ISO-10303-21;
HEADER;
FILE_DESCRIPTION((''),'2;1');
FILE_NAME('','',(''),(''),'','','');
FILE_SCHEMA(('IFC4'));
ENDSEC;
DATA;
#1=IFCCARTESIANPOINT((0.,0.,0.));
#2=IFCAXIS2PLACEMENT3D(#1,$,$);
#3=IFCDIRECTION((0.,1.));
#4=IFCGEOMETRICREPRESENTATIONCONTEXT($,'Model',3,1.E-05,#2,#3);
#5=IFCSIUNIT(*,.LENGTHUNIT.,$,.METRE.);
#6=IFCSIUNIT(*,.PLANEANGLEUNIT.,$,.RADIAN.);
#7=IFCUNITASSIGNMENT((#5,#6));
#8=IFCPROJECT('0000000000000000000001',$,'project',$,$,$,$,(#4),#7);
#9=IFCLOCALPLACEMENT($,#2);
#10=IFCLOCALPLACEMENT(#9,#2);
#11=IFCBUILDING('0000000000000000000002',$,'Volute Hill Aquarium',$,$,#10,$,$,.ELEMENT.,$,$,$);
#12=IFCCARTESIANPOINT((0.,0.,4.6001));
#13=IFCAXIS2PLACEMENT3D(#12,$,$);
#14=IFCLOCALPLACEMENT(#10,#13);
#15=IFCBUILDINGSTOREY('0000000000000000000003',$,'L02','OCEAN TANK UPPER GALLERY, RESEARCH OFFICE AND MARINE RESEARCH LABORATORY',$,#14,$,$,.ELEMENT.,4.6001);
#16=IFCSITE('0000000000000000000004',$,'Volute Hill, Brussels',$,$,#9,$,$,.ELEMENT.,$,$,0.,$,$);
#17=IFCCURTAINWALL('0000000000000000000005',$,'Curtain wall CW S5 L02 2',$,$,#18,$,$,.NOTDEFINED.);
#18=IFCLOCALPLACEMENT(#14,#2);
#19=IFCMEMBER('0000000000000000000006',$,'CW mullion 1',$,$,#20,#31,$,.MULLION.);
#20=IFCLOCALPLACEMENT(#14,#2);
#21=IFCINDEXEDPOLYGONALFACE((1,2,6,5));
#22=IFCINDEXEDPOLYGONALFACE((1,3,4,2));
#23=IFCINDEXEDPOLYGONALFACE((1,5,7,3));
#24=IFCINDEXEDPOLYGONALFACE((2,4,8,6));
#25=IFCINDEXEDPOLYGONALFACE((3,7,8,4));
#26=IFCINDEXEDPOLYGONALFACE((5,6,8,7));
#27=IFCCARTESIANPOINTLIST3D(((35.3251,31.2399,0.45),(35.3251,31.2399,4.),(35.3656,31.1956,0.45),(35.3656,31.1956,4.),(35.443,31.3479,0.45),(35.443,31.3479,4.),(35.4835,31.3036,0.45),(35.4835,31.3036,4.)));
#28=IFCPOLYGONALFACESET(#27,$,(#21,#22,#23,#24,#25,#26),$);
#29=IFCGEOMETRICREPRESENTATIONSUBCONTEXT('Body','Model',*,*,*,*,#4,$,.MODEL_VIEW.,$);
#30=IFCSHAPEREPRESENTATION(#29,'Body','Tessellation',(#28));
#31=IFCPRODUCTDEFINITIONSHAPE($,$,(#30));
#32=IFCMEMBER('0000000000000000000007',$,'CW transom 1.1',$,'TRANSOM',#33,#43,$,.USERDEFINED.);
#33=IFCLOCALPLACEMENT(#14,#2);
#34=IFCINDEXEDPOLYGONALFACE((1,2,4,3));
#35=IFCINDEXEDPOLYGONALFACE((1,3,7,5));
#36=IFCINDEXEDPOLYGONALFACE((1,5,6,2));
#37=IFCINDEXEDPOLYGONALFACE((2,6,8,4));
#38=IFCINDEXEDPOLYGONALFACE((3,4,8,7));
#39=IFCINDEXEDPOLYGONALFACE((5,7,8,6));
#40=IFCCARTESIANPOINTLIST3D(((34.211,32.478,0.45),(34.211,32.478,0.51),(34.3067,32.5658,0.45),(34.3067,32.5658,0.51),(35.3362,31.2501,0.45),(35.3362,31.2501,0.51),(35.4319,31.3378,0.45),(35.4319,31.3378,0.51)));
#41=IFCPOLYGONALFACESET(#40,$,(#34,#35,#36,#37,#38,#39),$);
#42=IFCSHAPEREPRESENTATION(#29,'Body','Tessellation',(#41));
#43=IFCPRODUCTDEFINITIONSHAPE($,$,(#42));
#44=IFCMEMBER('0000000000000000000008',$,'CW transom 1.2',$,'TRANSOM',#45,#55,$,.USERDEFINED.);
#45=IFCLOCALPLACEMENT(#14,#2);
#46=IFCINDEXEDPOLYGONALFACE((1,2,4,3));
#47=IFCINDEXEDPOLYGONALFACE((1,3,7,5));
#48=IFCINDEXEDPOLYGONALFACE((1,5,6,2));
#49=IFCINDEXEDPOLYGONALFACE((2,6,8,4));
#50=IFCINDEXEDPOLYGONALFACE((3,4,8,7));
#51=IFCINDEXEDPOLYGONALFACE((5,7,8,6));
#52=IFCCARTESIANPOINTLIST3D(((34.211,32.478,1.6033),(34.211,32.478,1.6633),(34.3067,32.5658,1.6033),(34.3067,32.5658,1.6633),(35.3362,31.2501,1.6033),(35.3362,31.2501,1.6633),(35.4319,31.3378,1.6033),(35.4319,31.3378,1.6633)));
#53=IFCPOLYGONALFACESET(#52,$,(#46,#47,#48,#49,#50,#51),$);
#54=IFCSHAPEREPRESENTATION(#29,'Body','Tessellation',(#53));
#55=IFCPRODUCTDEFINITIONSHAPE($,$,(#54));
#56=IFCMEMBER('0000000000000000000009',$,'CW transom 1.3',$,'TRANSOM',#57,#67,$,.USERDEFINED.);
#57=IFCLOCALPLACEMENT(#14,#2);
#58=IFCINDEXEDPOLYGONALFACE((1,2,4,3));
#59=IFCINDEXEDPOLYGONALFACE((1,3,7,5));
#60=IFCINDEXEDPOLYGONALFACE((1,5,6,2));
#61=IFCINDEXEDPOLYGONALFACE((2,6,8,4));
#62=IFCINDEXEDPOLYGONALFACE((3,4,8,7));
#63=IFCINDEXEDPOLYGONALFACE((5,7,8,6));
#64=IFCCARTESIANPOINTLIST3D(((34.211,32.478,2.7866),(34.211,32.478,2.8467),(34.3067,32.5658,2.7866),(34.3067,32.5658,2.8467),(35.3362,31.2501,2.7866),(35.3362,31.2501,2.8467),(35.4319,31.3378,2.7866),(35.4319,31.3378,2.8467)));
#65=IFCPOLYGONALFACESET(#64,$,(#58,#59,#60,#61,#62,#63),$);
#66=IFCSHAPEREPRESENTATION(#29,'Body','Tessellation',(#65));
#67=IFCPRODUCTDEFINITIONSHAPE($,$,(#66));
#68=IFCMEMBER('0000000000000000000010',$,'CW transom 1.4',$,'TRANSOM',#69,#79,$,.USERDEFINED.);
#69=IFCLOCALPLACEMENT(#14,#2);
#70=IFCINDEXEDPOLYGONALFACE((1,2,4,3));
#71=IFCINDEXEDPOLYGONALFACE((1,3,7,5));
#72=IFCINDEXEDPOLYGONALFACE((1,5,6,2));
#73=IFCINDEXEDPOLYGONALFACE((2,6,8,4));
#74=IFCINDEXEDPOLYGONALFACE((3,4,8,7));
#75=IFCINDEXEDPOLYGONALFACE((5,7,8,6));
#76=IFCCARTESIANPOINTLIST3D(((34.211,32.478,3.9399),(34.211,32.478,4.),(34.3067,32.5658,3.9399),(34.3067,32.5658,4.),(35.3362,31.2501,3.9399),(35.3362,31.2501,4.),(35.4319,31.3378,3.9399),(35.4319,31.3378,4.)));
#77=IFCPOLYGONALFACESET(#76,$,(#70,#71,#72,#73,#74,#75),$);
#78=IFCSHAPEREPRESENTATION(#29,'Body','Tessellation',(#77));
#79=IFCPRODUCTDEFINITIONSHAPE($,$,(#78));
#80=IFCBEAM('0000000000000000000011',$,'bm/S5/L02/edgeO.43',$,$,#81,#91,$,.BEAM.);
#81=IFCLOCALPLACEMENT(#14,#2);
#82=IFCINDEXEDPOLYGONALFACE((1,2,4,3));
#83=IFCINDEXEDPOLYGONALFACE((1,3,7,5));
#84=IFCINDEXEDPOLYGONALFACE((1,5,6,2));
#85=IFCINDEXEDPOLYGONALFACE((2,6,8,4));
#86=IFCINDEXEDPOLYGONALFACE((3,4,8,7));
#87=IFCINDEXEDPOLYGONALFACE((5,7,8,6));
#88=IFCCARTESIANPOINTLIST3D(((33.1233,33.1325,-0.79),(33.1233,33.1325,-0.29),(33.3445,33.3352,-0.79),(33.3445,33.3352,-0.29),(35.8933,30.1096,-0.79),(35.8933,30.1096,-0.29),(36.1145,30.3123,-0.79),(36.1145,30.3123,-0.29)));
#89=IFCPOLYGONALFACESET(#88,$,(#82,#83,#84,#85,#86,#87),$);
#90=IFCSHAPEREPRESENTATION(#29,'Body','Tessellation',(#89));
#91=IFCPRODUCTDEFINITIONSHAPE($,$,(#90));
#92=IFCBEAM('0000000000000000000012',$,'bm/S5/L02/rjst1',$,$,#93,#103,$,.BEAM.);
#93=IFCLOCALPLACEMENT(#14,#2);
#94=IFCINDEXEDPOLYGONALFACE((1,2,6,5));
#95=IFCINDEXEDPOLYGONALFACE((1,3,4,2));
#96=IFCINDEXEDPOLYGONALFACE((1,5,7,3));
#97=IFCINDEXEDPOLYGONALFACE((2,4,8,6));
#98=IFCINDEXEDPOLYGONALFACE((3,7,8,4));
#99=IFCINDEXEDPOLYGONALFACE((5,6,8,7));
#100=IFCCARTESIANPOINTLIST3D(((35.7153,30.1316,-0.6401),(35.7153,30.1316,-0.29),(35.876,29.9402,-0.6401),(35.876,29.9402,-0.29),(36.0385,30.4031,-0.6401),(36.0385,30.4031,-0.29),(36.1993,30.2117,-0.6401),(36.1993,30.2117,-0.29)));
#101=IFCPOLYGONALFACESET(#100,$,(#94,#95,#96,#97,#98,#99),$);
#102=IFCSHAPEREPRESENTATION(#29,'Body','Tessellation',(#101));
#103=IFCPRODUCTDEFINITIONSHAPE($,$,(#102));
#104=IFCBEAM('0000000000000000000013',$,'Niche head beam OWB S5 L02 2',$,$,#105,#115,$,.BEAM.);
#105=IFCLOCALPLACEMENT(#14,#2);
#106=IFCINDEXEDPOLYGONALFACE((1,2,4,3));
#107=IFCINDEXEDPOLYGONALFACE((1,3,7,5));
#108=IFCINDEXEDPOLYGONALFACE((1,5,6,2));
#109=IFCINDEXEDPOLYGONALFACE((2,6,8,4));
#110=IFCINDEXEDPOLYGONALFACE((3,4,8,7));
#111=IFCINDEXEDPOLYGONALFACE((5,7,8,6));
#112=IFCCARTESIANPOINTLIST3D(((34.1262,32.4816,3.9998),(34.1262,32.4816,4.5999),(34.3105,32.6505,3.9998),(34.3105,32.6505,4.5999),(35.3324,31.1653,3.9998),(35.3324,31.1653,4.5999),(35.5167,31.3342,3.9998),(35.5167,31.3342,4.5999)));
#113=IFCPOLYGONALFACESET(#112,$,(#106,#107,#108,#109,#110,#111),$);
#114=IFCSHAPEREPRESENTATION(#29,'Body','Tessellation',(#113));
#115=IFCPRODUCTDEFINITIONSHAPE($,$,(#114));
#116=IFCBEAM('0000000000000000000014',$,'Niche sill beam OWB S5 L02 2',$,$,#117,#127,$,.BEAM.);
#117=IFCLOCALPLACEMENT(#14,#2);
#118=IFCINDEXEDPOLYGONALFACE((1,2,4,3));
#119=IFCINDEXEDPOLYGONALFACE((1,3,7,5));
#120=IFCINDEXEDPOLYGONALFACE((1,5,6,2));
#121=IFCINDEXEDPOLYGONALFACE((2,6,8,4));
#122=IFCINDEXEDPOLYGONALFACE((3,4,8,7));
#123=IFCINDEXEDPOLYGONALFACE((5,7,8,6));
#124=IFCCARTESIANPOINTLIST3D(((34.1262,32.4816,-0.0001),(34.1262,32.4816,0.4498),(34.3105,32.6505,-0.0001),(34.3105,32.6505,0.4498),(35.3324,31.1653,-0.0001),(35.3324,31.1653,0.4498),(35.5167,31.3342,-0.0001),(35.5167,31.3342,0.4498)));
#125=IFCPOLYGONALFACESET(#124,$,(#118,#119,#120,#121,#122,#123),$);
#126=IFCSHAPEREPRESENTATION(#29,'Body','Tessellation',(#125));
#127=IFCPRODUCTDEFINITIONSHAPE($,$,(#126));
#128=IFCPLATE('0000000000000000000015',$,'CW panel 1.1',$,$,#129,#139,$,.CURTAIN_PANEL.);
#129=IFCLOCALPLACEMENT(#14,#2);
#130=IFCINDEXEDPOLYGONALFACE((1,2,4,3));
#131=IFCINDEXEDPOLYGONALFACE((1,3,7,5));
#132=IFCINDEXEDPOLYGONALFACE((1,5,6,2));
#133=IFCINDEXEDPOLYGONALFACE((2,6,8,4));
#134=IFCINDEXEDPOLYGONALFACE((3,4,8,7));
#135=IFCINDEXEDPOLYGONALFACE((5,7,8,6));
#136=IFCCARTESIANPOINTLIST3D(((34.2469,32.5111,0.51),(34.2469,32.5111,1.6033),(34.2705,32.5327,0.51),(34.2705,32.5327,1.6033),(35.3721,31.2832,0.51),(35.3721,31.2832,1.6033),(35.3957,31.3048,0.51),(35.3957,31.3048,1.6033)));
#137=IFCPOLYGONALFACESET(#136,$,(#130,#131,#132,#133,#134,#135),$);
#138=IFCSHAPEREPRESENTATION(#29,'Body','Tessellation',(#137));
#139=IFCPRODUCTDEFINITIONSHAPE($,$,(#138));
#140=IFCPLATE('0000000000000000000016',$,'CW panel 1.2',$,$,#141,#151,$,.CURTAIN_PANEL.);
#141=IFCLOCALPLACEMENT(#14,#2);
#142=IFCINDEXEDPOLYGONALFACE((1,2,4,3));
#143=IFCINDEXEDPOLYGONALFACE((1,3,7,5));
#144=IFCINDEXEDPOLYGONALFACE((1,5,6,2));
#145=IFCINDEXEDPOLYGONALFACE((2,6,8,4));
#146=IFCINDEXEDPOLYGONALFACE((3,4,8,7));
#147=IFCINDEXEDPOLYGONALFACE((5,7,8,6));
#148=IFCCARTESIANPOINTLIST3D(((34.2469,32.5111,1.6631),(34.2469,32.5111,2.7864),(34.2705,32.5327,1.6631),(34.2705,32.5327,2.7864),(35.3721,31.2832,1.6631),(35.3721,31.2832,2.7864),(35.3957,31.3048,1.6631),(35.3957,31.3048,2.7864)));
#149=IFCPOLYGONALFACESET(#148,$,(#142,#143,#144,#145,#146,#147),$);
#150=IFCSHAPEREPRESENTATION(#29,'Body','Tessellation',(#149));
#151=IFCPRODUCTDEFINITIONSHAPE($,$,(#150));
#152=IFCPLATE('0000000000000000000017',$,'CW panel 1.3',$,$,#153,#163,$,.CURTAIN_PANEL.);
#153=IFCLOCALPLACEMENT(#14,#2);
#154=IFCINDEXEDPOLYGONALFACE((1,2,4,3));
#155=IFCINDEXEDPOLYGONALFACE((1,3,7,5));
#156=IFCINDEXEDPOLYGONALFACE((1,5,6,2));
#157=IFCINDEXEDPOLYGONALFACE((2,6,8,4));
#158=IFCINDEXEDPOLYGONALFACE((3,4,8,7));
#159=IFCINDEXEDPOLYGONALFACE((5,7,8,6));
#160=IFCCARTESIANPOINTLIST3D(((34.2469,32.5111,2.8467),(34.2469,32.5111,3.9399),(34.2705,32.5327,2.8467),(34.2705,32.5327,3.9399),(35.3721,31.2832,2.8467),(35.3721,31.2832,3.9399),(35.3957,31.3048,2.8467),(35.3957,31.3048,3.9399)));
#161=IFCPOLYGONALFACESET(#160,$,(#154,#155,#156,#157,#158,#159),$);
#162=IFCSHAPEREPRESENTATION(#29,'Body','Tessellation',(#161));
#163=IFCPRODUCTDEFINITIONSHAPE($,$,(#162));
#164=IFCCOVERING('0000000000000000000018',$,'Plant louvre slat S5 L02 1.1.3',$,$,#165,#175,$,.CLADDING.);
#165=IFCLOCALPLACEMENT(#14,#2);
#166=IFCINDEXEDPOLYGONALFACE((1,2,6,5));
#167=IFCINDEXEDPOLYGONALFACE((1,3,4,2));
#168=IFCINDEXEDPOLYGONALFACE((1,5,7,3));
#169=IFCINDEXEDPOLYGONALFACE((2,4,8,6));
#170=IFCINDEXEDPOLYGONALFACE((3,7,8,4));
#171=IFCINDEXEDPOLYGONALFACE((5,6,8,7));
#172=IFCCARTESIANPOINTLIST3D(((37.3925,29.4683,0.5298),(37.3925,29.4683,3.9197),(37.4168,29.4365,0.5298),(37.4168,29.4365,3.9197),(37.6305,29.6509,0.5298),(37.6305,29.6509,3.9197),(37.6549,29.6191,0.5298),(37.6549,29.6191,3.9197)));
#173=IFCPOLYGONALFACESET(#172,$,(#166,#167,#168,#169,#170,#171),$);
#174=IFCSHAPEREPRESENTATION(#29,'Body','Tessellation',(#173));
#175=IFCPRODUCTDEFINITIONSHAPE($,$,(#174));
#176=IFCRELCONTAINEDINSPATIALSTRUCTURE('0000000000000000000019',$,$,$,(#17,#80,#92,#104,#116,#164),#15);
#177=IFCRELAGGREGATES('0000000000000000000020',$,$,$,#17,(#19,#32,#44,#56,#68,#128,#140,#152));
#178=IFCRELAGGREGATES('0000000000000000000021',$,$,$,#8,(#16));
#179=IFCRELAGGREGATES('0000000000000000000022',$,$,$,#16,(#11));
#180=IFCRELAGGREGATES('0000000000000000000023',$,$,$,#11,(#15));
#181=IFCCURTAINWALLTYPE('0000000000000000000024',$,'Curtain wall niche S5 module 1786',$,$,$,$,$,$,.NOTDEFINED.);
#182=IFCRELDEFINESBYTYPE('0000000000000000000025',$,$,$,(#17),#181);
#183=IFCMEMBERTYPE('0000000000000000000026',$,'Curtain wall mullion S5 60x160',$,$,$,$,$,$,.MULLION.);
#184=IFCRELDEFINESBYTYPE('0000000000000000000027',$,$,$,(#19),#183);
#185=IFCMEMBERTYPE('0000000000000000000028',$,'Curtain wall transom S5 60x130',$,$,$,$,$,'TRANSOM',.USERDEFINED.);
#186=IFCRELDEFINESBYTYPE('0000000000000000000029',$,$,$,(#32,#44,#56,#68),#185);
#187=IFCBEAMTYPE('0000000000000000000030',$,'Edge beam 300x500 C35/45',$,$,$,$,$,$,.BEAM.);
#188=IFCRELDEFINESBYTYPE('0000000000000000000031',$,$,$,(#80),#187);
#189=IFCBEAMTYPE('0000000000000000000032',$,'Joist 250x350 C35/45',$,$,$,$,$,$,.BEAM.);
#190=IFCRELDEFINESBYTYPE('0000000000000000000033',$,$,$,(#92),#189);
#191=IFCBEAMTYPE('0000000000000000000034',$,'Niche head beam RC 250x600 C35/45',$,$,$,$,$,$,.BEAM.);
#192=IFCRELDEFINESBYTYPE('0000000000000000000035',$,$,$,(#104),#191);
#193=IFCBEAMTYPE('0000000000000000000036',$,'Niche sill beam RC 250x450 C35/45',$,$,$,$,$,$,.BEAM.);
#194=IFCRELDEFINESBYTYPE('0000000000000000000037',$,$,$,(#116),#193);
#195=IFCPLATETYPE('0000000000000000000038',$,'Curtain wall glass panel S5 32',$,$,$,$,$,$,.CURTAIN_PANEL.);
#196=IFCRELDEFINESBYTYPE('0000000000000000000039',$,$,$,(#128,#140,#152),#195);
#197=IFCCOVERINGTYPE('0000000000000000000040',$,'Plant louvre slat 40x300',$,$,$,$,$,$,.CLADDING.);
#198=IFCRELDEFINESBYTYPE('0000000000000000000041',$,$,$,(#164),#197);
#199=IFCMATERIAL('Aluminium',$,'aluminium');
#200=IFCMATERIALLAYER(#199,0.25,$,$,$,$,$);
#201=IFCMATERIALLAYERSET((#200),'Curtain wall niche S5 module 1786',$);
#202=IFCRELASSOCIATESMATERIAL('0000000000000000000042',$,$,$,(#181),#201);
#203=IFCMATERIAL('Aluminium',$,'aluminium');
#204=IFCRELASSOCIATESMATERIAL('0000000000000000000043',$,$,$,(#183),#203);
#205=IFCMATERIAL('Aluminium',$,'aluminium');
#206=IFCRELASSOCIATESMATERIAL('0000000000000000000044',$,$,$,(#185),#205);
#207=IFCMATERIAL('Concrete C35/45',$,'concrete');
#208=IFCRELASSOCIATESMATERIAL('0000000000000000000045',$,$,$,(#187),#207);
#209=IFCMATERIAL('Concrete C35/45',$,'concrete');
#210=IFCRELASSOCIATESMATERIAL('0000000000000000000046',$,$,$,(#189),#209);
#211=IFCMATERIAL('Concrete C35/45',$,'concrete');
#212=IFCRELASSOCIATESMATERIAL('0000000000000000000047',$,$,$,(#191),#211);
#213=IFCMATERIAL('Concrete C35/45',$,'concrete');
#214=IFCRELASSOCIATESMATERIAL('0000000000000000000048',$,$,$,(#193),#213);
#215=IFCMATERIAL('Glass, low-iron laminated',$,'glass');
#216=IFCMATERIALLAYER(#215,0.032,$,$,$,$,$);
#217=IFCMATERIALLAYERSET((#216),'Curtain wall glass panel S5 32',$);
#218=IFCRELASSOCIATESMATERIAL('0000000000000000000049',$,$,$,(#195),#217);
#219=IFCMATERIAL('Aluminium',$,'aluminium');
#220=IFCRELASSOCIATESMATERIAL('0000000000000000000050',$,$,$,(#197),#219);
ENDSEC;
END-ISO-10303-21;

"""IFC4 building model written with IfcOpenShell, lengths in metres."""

from ifc_helpers import new_model, si_unit, direction, frame, origin, origin_2d, place, context, subcontext, project, spatial, rectangle, extrude, material, layer, layer_set, material_profile, profile_set, type_object, element, aggregate, save


model = new_model("IFC4")

# Units and contexts
model_context = context("Model", 3, precision=1e-05, world=origin(), true_north=direction((0.0, 1.0)))
body_context = subcontext(model_context, "Body", "Model", "MODEL_VIEW")
ifc_project = project(units=[si_unit("LENGTHUNIT", "METRE"), si_unit("PLANEANGLEUNIT", "RADIAN")], contexts=[model_context])

# Site, building, storey
site_placement = place(None, origin())
site = spatial("IfcSite", under=ifc_project, at=site_placement, Name="Volute Hill, Brussels", CompositionType="ELEMENT", RefElevation=0.0)
building_placement = place(site_placement, origin())
building = spatial("IfcBuilding", under=site, at=building_placement, Name="Volute Hill Aquarium", CompositionType="ELEMENT")
storey_placement = place(building_placement, frame((0.0, 0.0, 4.6001)))
storey = spatial("IfcBuildingStorey", under=building, at=storey_placement, Name="L02", Description="OCEAN TANK UPPER GALLERY, RESEARCH OFFICE AND MARINE RESEARCH LABORATORY", CompositionType="ELEMENT", Elevation=4.6001)

# Curtain wall, members
ifc_material_1 = material(Name="Aluminium", Category="aluminium")
ifc_layer_1 = layer(ifc_material_1, 0.25)
ifc_layer_set_1 = layer_set([ifc_layer_1], Name="Curtain wall niche S5 module 1786")
curtain_wall_type = type_object("IfcCurtainWallType", Name="Curtain wall niche S5 module 1786", PredefinedType="NOTDEFINED", material=ifc_layer_set_1)
curtain_wall_placement = place(storey_placement, origin())
curtain_wall = element("IfcCurtainWall", 1, at=curtain_wall_placement, inside=storey, type_object=curtain_wall_type, Name="Curtain wall CW S5 L02 2", PredefinedType="NOTDEFINED")
ifc_material_2 = material(Name="Aluminium", Category="aluminium")
ifc_material_profile_1 = material_profile(ifc_material_2, rectangle(XDim=0.1599, YDim=0.0601, at=origin_2d()), Name="Curtain wall mullion S5 60x160")
ifc_profile_set_1 = profile_set([ifc_material_profile_1], Name="Aluminium")
member_type_1 = type_object("IfcMemberType", Name="Curtain wall mullion S5 60x160", PredefinedType="MULLION", material=ifc_profile_set_1)
member_1_placement = place(storey_placement, frame((35.4043, 31.2717, 0.45), z_axis=(0.0, 0.0, 1.0), x_axis=(-0.737282, -0.675585, 0.0)))
member_1 = element("IfcMember", 2, at=member_1_placement, type_object=member_type_1, Name="CW mullion 1", PredefinedType="MULLION", context=body_context, shape_type="SweptSolid", body=[
    extrude(rectangle(XDim=0.1599, YDim=0.0601, at=origin_2d()), origin(), (0.0, 0.0, 1.0), 3.55),
])
ifc_material_3 = material(Name="Aluminium", Category="aluminium")
ifc_material_profile_2 = material_profile(ifc_material_3, rectangle(XDim=0.1299, YDim=0.0601, at=origin_2d()), Name="Curtain wall transom S5 60x130")
ifc_profile_set_2 = profile_set([ifc_material_profile_2], Name="Aluminium")
member_type_2 = type_object("IfcMemberType", Name="Curtain wall transom S5 60x130", ElementType="TRANSOM", PredefinedType="USERDEFINED", material=ifc_profile_set_2)
member_2_placement = place(storey_placement, frame((35.384, 31.2939, 0.48), z_axis=(-0.675579, 0.737288, 0.0), x_axis=(-0.737288, -0.675579, 0.0)))
member_2 = element("IfcMember", 3, at=member_2_placement, type_object=member_type_2, Name="CW transom 1.1", ObjectType="TRANSOM", PredefinedType="USERDEFINED", context=body_context, shape_type="SweptSolid", body=[
    extrude(rectangle(XDim=0.1299, YDim=0.0601, at=origin_2d()), origin(), (0.0, 0.0, 1.0), 1.6655),
])
member_3_placement = place(storey_placement, frame((35.384, 31.2939, 1.6333), z_axis=(-0.675579, 0.737288, 0.0), x_axis=(-0.737288, -0.675579, 0.0)))
member_3 = element("IfcMember", 4, at=member_3_placement, type_object=member_type_2, Name="CW transom 1.2", ObjectType="TRANSOM", PredefinedType="USERDEFINED", context=body_context, shape_type="SweptSolid", body=[
    extrude(rectangle(XDim=0.1299, YDim=0.0601, at=origin_2d()), origin(), (0.0, 0.0, 1.0), 1.6655),
])
member_4_placement = place(storey_placement, frame((35.384, 31.2939, 2.8167), z_axis=(-0.675579, 0.737288, 0.0), x_axis=(-0.737288, -0.675579, 0.0)))
member_4 = element("IfcMember", 5, at=member_4_placement, type_object=member_type_2, Name="CW transom 1.3", ObjectType="TRANSOM", PredefinedType="USERDEFINED", context=body_context, shape_type="SweptSolid", body=[
    extrude(rectangle(XDim=0.1299, YDim=0.0601, at=origin_2d()), origin(), (0.0, 0.0, 1.0), 1.6655),
])
member_5_placement = place(storey_placement, frame((35.384, 31.2939, 3.97), z_axis=(-0.675579, 0.737288, 0.0), x_axis=(-0.737288, -0.675579, 0.0)))
member_5 = element("IfcMember", 6, at=member_5_placement, type_object=member_type_2, Name="CW transom 1.4", ObjectType="TRANSOM", PredefinedType="USERDEFINED", context=body_context, shape_type="SweptSolid", body=[
    extrude(rectangle(XDim=0.1299, YDim=0.0601, at=origin_2d()), origin(), (0.0, 0.0, 1.0), 1.6655),
])

# Beams
ifc_material_4 = material(Name="Concrete C35/45", Category="concrete")
ifc_material_profile_3 = material_profile(ifc_material_4, rectangle(XDim=0.3, YDim=0.5, at=origin_2d()), Name="RC edge beam 300x500")
ifc_profile_set_3 = profile_set([ifc_material_profile_3], Name="Concrete C35/45")
beam_type_1 = type_object("IfcBeamType", Name="Edge beam 300x500 C35/45", PredefinedType="BEAM", material=ifc_profile_set_3)
beam_1_placement = place(storey_placement, frame((36.0039, 30.2109, -0.54), z_axis=(-0.67559, 0.737278, 0.0), x_axis=(-0.737278, -0.67559, 0.0)))
element("IfcBeam", 7, at=beam_1_placement, inside=storey, type_object=beam_type_1, Name="bm/S5/L02/edgeO.43", PredefinedType="BEAM", context=body_context, shape_type="SweptSolid", body=[
    extrude(rectangle(XDim=0.3, YDim=0.5, at=origin_2d()), origin(), (0.0, 0.0, 1.0), 4.1001),
])
ifc_material_5 = material(Name="Concrete C35/45", Category="concrete")
ifc_material_profile_4 = material_profile(ifc_material_5, rectangle(XDim=0.25, YDim=0.3501, at=origin_2d()), Name="RC joist 250x350")
ifc_profile_set_4 = profile_set([ifc_material_profile_4], Name="Concrete C35/45")
beam_type_2 = type_object("IfcBeamType", Name="Joist 250x350 C35/45", PredefinedType="BEAM", material=ifc_profile_set_4)
beam_2_placement = place(storey_placement, frame((35.7957, 30.0359, -0.4651), z_axis=(0.76575, 0.643138, 0.0), x_axis=(-0.643138, 0.76575, 0.0)))
element("IfcBeam", 8, at=beam_2_placement, inside=storey, type_object=beam_type_2, Name="bm/S5/L02/rjst1", PredefinedType="BEAM", context=body_context, shape_type="SweptSolid", body=[
    extrude(rectangle(XDim=0.25, YDim=0.3501, at=origin_2d()), origin(), (0.0, 0.0, 1.0), 0.4221),
])
ifc_material_6 = material(Name="Concrete C35/45", Category="concrete")
ifc_material_profile_5 = material_profile(ifc_material_6, rectangle(XDim=0.25, YDim=0.6001, at=origin_2d()), Name="RC beam 250x600")
ifc_profile_set_5 = profile_set([ifc_material_profile_5], Name="Concrete C35/45")
beam_type_3 = type_object("IfcBeamType", Name="Niche head beam RC 250x600 C35/45", PredefinedType="BEAM", material=ifc_profile_set_5)
beam_3_placement = place(storey_placement, frame((35.4246, 31.2498, 4.2998), z_axis=(-0.675601, 0.737268, 0.0), x_axis=(-0.737268, -0.675601, 0.0)))
element("IfcBeam", 9, at=beam_3_placement, inside=storey, type_object=beam_type_3, Name="Niche head beam OWB S5 L02 2", PredefinedType="BEAM", context=body_context, shape_type="SweptSolid", body=[
    extrude(rectangle(XDim=0.25, YDim=0.6001, at=origin_2d()), origin(), (0.0, 0.0, 1.0), 1.7854),
])
ifc_material_7 = material(Name="Concrete C35/45", Category="concrete")
ifc_material_profile_6 = material_profile(ifc_material_7, rectangle(XDim=0.25, YDim=0.45, at=origin_2d()), Name="RC beam 250x450")
ifc_profile_set_6 = profile_set([ifc_material_profile_6], Name="Concrete C35/45")
beam_type_4 = type_object("IfcBeamType", Name="Niche sill beam RC 250x450 C35/45", PredefinedType="BEAM", material=ifc_profile_set_6)
beam_4_placement = place(storey_placement, frame((35.4246, 31.2498, 0.2249), z_axis=(-0.675601, 0.737268, 0.0), x_axis=(-0.737268, -0.675601, 0.0)))
element("IfcBeam", 10, at=beam_4_placement, inside=storey, type_object=beam_type_4, Name="Niche sill beam OWB S5 L02 2", PredefinedType="BEAM", context=body_context, shape_type="SweptSolid", body=[
    extrude(rectangle(XDim=0.25, YDim=0.45, at=origin_2d()), origin(), (0.0, 0.0, 1.0), 1.7854),
])

# Plates
ifc_material_8 = material(Name="Glass, low-iron laminated", Category="glass")
ifc_layer_2 = layer(ifc_material_8, 0.032)
ifc_layer_set_2 = layer_set([ifc_layer_2], Name="Curtain wall glass panel S5 32")
plate_type = type_object("IfcPlateType", Name="Curtain wall glass panel S5 32", PredefinedType="CURTAIN_PANEL", material=ifc_layer_set_2)
plate_1_placement = place(storey_placement, frame((34.8213, 31.908, 0.51), z_axis=(0.0, 0.0, 1.0), x_axis=(-0.675585, 0.737282, 0.0)))
plate_1 = element("IfcPlate", 11, at=plate_1_placement, type_object=plate_type, Name="CW panel 1.1", PredefinedType="CURTAIN_PANEL", context=body_context, shape_type="SweptSolid", body=[
    extrude(rectangle(XDim=1.6655, YDim=0.032, at=origin_2d()), origin(), (0.0, 0.0, 1.0), 1.0933),
])
plate_2_placement = place(storey_placement, frame((34.8213, 31.908, 1.6631), z_axis=(0.0, 0.0, 1.0), x_axis=(-0.675585, 0.737282, 0.0)))
plate_2 = element("IfcPlate", 12, at=plate_2_placement, type_object=plate_type, Name="CW panel 1.2", PredefinedType="CURTAIN_PANEL", context=body_context, shape_type="SweptSolid", body=[
    extrude(rectangle(XDim=1.6655, YDim=0.032, at=origin_2d()), origin(), (0.0, 0.0, 1.0), 1.1233),
])
plate_3_placement = place(storey_placement, frame((34.8213, 31.908, 2.8467), z_axis=(0.0, 0.0, 1.0), x_axis=(-0.675585, 0.737282, 0.0)))
plate_3 = element("IfcPlate", 13, at=plate_3_placement, type_object=plate_type, Name="CW panel 1.3", PredefinedType="CURTAIN_PANEL", context=body_context, shape_type="SweptSolid", body=[
    extrude(rectangle(XDim=1.6655, YDim=0.032, at=origin_2d()), origin(), (0.0, 0.0, 1.0), 1.0933),
])
aggregate(curtain_wall, [member_1, member_2, member_3, member_4, member_5, plate_1, plate_2, plate_3])

# Covering
ifc_material_9 = material(Name="Aluminium", Category="aluminium")
covering_type_1 = type_object("IfcCoveringType", Name="Plant louvre slat 40x300", PredefinedType="CLADDING", material=ifc_material_9)
for number, where, z_axis, x_axis, name in (
    (14, (37.5237, 29.5437, 0.5298), (0.0, 0.0, 1.0), (-0.608753, 0.79336, 0.0), "Plant louvre slat S5 L02 1.1.3"),
):
    element("IfcCovering", number, at=place(storey_placement, frame(where, z_axis=z_axis, x_axis=x_axis)), inside=storey, type_object=covering_type_1, Name=name, PredefinedType="CLADDING", context=body_context, shape_type="SweptSolid", body=[
        extrude(rectangle(XDim=0.04, YDim=0.3, at=origin_2d()), origin(), (0.0, 0.0, 1.0), 3.3899),
    ])

save(model, "model.ifc")
